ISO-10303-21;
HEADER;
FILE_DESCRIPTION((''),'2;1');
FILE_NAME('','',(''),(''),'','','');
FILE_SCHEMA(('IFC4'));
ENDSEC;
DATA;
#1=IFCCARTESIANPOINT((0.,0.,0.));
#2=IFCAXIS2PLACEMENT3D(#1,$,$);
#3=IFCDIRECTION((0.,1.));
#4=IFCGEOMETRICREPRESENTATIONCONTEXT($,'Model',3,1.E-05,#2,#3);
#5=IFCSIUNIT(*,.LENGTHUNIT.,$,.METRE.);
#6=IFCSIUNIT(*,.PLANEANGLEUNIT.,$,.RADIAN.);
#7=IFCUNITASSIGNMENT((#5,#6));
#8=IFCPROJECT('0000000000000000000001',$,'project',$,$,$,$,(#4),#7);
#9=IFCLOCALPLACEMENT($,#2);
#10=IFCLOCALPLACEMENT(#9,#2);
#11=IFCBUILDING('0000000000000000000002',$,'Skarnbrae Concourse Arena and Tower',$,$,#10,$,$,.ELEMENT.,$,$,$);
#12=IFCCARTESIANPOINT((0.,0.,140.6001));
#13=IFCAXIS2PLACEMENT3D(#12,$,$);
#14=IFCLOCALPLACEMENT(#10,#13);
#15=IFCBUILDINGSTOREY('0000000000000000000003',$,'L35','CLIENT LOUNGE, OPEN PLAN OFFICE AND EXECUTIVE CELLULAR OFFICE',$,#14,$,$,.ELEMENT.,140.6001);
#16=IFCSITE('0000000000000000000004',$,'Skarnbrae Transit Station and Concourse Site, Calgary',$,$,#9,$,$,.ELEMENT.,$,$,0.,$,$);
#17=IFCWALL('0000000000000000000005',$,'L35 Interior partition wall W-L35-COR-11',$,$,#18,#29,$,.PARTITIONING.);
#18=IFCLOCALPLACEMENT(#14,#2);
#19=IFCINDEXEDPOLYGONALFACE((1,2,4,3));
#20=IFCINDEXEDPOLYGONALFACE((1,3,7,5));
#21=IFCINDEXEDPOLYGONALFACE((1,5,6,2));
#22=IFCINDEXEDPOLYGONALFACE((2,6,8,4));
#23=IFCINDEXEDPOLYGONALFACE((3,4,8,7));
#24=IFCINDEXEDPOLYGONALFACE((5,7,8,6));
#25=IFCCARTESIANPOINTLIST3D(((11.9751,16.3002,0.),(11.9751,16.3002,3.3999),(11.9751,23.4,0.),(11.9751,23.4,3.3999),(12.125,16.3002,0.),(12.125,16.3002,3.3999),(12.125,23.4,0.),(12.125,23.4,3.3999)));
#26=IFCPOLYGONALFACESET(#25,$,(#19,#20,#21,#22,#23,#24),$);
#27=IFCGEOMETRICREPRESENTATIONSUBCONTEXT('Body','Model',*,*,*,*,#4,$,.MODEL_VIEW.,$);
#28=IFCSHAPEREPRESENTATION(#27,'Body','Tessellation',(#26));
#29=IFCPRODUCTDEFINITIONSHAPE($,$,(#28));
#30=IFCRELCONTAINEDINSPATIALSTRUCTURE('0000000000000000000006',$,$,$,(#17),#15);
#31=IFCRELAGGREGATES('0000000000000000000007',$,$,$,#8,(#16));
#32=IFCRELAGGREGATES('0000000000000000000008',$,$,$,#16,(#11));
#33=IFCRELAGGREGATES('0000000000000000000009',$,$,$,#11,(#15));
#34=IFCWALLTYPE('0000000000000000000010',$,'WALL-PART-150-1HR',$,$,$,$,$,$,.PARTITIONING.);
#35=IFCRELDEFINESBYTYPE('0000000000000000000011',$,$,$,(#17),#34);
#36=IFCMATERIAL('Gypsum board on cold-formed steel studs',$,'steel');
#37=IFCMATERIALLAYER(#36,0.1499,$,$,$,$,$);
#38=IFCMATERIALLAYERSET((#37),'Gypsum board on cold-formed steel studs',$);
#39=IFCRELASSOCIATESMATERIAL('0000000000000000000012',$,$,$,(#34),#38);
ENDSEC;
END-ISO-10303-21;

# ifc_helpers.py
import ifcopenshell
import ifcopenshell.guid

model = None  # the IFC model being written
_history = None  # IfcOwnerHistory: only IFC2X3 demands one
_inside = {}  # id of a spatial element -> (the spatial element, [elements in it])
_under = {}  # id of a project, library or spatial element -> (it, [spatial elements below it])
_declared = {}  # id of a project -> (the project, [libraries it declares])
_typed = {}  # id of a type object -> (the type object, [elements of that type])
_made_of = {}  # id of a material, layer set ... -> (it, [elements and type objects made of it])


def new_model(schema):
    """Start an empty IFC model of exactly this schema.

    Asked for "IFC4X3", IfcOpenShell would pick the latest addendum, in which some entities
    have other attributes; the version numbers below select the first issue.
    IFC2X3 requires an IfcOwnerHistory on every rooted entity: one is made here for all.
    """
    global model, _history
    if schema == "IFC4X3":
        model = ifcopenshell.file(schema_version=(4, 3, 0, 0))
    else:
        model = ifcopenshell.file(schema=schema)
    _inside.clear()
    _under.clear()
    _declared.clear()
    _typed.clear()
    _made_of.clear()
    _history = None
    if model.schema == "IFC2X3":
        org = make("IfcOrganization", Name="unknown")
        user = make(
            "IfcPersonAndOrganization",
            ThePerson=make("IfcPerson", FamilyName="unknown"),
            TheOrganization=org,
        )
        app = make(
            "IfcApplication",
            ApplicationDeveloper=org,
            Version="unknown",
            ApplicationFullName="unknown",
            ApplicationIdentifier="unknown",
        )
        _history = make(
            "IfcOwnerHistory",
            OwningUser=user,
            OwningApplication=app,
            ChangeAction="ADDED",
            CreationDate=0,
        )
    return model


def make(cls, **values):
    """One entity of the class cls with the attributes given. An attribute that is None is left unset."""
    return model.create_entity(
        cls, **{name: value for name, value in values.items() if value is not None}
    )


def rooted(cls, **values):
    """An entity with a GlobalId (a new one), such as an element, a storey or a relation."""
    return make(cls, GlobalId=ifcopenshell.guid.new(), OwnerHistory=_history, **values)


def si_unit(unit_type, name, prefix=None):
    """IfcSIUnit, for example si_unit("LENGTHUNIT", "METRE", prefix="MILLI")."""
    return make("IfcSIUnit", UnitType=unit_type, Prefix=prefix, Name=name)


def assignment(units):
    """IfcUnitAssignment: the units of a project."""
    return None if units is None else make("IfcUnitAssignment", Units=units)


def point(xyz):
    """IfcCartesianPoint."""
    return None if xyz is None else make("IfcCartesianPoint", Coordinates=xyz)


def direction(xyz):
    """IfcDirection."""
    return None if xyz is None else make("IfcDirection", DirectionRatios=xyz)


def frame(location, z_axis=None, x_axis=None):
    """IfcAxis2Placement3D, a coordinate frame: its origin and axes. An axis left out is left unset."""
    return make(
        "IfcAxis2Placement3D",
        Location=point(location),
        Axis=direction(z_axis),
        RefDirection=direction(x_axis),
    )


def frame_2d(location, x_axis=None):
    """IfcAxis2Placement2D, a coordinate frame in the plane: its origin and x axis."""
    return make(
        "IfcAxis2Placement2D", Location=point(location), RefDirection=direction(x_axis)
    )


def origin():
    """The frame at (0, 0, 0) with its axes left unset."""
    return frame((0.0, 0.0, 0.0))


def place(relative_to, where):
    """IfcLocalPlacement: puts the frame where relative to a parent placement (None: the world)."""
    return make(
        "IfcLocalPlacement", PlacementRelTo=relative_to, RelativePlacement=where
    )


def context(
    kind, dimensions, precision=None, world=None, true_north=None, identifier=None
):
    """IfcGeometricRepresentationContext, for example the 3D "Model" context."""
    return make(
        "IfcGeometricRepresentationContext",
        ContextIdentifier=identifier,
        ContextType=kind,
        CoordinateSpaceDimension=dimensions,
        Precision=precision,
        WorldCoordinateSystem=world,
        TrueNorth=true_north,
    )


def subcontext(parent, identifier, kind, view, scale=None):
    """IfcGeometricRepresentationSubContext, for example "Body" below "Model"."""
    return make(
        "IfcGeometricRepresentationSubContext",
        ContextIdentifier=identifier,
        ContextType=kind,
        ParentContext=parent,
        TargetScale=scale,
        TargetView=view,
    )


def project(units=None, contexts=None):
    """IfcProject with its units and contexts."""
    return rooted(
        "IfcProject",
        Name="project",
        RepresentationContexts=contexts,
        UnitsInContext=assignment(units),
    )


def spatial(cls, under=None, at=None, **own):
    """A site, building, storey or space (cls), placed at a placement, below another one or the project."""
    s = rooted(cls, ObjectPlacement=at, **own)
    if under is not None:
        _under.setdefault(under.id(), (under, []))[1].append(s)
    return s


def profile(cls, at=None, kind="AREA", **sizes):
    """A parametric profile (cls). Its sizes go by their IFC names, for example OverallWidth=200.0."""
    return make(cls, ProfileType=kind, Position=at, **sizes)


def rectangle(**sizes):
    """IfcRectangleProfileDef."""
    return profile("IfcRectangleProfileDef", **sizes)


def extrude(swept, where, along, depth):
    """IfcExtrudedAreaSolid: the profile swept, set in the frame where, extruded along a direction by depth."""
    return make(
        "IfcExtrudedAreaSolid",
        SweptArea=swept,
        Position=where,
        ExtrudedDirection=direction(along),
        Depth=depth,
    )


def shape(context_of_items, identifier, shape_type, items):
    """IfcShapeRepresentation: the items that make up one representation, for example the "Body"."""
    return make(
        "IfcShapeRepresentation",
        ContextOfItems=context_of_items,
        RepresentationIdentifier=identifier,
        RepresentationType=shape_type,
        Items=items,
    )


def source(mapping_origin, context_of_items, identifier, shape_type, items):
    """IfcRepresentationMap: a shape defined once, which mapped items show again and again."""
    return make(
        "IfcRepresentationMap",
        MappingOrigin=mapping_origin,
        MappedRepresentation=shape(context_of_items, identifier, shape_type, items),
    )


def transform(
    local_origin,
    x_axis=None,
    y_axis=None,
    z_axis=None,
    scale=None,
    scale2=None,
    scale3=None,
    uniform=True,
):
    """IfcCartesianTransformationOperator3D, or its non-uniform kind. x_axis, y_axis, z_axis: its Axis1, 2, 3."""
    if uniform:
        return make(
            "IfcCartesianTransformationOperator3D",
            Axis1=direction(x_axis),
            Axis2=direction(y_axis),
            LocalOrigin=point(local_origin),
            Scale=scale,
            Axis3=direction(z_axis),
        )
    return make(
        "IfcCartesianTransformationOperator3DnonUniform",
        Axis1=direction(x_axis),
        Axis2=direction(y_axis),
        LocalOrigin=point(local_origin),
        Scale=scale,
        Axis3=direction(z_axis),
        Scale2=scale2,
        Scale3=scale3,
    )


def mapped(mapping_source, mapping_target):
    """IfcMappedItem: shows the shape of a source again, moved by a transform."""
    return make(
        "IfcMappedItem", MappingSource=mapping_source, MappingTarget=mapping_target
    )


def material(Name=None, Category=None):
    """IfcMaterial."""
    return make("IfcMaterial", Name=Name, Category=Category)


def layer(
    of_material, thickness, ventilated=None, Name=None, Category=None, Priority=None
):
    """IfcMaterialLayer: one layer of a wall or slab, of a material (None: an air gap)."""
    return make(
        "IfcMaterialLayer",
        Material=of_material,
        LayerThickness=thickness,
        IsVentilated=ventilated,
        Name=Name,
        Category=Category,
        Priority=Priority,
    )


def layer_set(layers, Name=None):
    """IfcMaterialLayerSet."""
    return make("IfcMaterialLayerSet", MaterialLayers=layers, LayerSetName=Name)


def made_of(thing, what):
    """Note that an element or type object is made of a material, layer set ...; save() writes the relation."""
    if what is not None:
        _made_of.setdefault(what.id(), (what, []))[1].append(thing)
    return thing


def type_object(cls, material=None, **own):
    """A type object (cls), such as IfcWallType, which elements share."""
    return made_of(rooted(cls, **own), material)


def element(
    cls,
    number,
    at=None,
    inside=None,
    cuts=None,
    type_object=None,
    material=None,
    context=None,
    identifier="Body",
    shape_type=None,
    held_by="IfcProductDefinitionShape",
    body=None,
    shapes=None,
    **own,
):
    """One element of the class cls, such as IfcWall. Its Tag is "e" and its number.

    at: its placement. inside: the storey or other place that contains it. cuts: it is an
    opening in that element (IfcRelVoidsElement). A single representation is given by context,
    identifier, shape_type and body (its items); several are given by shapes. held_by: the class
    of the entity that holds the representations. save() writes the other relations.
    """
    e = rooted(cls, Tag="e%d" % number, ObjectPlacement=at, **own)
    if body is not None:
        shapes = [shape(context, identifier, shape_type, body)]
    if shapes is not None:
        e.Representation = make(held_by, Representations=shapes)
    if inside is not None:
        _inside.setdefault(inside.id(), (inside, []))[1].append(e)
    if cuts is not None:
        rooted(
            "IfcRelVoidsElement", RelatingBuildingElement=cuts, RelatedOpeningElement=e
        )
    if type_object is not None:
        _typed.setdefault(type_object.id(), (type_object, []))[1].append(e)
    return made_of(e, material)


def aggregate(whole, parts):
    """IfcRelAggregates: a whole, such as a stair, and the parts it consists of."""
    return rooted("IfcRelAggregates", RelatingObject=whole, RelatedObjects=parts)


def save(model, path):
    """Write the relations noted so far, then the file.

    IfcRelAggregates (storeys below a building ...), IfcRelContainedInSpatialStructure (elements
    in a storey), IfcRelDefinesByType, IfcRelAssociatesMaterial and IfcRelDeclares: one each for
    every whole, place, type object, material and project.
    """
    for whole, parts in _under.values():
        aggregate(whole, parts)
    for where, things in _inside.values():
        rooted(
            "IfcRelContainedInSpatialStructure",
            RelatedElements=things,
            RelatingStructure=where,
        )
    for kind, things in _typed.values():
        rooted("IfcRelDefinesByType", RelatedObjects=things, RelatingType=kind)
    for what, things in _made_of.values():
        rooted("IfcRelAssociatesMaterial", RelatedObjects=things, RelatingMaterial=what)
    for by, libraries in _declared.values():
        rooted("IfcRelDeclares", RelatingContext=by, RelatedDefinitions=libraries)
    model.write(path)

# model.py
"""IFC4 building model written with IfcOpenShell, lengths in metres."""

from ifc_helpers import new_model, si_unit, direction, frame, frame_2d, origin, place, context, subcontext, project, spatial, rectangle, extrude, source, transform, mapped, material, layer, layer_set, type_object, element, save


model = new_model("IFC4")

# Units and contexts
model_context = context("Model", 3, precision=1e-05, world=origin(), true_north=direction((0.0, 1.0)))
body_context = subcontext(model_context, "Body", "Model", "MODEL_VIEW")
ifc_project = project(units=[si_unit("LENGTHUNIT", "METRE"), si_unit("PLANEANGLEUNIT", "RADIAN")], contexts=[model_context])

# Site, building, storey
site_placement = place(None, origin())
site = spatial("IfcSite", under=ifc_project, at=site_placement, Name="Skarnbrae Transit Station and Concourse Site, Calgary", CompositionType="ELEMENT", RefElevation=0.0)
building_placement = place(site_placement, origin())
building = spatial("IfcBuilding", under=site, at=building_placement, Name="Skarnbrae Concourse Arena and Tower", CompositionType="ELEMENT")
storey_placement = place(building_placement, frame((0.0, 0.0, 140.6001)))
storey = spatial("IfcBuildingStorey", under=building, at=storey_placement, Name="L35", Description="CLIENT LOUNGE, OPEN PLAN OFFICE AND EXECUTIVE CELLULAR OFFICE", CompositionType="ELEMENT", Elevation=140.6001)

# Wall
ifc_material_1 = material(Name="Gypsum board on cold-formed steel studs", Category="steel")
ifc_layer_1 = layer(ifc_material_1, 0.1499)
ifc_layer_set_1 = layer_set([ifc_layer_1], Name="Gypsum board on cold-formed steel studs")
wall_type_1 = type_object("IfcWallType", Name="WALL-PART-150-1HR", PredefinedType="PARTITIONING", material=ifc_layer_set_1)
shared_shape_1 = source(origin(), body_context, "Body", "SweptSolid", [
    extrude(rectangle(XDim=7.0999, YDim=0.1499, at=frame_2d((3.5498, 0.0))), origin(), (0.0, 0.0, 1.0), 3.3999),
])
wall_1_placement = place(storey_placement, frame((12.05, 23.3999, 0.0), z_axis=(0.0, 0.0, 1.0), x_axis=(0.0, -1.0, 0.0)))
element("IfcWall", 1, at=wall_1_placement, inside=storey, type_object=wall_type_1, Name="L35 Interior partition wall W-L35-COR-11", PredefinedType="PARTITIONING", context=body_context, shape_type="MappedRepresentation", body=[
    mapped(shared_shape_1, transform((0.0, 0.0, 0.0))),
])

save(model, "model.ifc")
